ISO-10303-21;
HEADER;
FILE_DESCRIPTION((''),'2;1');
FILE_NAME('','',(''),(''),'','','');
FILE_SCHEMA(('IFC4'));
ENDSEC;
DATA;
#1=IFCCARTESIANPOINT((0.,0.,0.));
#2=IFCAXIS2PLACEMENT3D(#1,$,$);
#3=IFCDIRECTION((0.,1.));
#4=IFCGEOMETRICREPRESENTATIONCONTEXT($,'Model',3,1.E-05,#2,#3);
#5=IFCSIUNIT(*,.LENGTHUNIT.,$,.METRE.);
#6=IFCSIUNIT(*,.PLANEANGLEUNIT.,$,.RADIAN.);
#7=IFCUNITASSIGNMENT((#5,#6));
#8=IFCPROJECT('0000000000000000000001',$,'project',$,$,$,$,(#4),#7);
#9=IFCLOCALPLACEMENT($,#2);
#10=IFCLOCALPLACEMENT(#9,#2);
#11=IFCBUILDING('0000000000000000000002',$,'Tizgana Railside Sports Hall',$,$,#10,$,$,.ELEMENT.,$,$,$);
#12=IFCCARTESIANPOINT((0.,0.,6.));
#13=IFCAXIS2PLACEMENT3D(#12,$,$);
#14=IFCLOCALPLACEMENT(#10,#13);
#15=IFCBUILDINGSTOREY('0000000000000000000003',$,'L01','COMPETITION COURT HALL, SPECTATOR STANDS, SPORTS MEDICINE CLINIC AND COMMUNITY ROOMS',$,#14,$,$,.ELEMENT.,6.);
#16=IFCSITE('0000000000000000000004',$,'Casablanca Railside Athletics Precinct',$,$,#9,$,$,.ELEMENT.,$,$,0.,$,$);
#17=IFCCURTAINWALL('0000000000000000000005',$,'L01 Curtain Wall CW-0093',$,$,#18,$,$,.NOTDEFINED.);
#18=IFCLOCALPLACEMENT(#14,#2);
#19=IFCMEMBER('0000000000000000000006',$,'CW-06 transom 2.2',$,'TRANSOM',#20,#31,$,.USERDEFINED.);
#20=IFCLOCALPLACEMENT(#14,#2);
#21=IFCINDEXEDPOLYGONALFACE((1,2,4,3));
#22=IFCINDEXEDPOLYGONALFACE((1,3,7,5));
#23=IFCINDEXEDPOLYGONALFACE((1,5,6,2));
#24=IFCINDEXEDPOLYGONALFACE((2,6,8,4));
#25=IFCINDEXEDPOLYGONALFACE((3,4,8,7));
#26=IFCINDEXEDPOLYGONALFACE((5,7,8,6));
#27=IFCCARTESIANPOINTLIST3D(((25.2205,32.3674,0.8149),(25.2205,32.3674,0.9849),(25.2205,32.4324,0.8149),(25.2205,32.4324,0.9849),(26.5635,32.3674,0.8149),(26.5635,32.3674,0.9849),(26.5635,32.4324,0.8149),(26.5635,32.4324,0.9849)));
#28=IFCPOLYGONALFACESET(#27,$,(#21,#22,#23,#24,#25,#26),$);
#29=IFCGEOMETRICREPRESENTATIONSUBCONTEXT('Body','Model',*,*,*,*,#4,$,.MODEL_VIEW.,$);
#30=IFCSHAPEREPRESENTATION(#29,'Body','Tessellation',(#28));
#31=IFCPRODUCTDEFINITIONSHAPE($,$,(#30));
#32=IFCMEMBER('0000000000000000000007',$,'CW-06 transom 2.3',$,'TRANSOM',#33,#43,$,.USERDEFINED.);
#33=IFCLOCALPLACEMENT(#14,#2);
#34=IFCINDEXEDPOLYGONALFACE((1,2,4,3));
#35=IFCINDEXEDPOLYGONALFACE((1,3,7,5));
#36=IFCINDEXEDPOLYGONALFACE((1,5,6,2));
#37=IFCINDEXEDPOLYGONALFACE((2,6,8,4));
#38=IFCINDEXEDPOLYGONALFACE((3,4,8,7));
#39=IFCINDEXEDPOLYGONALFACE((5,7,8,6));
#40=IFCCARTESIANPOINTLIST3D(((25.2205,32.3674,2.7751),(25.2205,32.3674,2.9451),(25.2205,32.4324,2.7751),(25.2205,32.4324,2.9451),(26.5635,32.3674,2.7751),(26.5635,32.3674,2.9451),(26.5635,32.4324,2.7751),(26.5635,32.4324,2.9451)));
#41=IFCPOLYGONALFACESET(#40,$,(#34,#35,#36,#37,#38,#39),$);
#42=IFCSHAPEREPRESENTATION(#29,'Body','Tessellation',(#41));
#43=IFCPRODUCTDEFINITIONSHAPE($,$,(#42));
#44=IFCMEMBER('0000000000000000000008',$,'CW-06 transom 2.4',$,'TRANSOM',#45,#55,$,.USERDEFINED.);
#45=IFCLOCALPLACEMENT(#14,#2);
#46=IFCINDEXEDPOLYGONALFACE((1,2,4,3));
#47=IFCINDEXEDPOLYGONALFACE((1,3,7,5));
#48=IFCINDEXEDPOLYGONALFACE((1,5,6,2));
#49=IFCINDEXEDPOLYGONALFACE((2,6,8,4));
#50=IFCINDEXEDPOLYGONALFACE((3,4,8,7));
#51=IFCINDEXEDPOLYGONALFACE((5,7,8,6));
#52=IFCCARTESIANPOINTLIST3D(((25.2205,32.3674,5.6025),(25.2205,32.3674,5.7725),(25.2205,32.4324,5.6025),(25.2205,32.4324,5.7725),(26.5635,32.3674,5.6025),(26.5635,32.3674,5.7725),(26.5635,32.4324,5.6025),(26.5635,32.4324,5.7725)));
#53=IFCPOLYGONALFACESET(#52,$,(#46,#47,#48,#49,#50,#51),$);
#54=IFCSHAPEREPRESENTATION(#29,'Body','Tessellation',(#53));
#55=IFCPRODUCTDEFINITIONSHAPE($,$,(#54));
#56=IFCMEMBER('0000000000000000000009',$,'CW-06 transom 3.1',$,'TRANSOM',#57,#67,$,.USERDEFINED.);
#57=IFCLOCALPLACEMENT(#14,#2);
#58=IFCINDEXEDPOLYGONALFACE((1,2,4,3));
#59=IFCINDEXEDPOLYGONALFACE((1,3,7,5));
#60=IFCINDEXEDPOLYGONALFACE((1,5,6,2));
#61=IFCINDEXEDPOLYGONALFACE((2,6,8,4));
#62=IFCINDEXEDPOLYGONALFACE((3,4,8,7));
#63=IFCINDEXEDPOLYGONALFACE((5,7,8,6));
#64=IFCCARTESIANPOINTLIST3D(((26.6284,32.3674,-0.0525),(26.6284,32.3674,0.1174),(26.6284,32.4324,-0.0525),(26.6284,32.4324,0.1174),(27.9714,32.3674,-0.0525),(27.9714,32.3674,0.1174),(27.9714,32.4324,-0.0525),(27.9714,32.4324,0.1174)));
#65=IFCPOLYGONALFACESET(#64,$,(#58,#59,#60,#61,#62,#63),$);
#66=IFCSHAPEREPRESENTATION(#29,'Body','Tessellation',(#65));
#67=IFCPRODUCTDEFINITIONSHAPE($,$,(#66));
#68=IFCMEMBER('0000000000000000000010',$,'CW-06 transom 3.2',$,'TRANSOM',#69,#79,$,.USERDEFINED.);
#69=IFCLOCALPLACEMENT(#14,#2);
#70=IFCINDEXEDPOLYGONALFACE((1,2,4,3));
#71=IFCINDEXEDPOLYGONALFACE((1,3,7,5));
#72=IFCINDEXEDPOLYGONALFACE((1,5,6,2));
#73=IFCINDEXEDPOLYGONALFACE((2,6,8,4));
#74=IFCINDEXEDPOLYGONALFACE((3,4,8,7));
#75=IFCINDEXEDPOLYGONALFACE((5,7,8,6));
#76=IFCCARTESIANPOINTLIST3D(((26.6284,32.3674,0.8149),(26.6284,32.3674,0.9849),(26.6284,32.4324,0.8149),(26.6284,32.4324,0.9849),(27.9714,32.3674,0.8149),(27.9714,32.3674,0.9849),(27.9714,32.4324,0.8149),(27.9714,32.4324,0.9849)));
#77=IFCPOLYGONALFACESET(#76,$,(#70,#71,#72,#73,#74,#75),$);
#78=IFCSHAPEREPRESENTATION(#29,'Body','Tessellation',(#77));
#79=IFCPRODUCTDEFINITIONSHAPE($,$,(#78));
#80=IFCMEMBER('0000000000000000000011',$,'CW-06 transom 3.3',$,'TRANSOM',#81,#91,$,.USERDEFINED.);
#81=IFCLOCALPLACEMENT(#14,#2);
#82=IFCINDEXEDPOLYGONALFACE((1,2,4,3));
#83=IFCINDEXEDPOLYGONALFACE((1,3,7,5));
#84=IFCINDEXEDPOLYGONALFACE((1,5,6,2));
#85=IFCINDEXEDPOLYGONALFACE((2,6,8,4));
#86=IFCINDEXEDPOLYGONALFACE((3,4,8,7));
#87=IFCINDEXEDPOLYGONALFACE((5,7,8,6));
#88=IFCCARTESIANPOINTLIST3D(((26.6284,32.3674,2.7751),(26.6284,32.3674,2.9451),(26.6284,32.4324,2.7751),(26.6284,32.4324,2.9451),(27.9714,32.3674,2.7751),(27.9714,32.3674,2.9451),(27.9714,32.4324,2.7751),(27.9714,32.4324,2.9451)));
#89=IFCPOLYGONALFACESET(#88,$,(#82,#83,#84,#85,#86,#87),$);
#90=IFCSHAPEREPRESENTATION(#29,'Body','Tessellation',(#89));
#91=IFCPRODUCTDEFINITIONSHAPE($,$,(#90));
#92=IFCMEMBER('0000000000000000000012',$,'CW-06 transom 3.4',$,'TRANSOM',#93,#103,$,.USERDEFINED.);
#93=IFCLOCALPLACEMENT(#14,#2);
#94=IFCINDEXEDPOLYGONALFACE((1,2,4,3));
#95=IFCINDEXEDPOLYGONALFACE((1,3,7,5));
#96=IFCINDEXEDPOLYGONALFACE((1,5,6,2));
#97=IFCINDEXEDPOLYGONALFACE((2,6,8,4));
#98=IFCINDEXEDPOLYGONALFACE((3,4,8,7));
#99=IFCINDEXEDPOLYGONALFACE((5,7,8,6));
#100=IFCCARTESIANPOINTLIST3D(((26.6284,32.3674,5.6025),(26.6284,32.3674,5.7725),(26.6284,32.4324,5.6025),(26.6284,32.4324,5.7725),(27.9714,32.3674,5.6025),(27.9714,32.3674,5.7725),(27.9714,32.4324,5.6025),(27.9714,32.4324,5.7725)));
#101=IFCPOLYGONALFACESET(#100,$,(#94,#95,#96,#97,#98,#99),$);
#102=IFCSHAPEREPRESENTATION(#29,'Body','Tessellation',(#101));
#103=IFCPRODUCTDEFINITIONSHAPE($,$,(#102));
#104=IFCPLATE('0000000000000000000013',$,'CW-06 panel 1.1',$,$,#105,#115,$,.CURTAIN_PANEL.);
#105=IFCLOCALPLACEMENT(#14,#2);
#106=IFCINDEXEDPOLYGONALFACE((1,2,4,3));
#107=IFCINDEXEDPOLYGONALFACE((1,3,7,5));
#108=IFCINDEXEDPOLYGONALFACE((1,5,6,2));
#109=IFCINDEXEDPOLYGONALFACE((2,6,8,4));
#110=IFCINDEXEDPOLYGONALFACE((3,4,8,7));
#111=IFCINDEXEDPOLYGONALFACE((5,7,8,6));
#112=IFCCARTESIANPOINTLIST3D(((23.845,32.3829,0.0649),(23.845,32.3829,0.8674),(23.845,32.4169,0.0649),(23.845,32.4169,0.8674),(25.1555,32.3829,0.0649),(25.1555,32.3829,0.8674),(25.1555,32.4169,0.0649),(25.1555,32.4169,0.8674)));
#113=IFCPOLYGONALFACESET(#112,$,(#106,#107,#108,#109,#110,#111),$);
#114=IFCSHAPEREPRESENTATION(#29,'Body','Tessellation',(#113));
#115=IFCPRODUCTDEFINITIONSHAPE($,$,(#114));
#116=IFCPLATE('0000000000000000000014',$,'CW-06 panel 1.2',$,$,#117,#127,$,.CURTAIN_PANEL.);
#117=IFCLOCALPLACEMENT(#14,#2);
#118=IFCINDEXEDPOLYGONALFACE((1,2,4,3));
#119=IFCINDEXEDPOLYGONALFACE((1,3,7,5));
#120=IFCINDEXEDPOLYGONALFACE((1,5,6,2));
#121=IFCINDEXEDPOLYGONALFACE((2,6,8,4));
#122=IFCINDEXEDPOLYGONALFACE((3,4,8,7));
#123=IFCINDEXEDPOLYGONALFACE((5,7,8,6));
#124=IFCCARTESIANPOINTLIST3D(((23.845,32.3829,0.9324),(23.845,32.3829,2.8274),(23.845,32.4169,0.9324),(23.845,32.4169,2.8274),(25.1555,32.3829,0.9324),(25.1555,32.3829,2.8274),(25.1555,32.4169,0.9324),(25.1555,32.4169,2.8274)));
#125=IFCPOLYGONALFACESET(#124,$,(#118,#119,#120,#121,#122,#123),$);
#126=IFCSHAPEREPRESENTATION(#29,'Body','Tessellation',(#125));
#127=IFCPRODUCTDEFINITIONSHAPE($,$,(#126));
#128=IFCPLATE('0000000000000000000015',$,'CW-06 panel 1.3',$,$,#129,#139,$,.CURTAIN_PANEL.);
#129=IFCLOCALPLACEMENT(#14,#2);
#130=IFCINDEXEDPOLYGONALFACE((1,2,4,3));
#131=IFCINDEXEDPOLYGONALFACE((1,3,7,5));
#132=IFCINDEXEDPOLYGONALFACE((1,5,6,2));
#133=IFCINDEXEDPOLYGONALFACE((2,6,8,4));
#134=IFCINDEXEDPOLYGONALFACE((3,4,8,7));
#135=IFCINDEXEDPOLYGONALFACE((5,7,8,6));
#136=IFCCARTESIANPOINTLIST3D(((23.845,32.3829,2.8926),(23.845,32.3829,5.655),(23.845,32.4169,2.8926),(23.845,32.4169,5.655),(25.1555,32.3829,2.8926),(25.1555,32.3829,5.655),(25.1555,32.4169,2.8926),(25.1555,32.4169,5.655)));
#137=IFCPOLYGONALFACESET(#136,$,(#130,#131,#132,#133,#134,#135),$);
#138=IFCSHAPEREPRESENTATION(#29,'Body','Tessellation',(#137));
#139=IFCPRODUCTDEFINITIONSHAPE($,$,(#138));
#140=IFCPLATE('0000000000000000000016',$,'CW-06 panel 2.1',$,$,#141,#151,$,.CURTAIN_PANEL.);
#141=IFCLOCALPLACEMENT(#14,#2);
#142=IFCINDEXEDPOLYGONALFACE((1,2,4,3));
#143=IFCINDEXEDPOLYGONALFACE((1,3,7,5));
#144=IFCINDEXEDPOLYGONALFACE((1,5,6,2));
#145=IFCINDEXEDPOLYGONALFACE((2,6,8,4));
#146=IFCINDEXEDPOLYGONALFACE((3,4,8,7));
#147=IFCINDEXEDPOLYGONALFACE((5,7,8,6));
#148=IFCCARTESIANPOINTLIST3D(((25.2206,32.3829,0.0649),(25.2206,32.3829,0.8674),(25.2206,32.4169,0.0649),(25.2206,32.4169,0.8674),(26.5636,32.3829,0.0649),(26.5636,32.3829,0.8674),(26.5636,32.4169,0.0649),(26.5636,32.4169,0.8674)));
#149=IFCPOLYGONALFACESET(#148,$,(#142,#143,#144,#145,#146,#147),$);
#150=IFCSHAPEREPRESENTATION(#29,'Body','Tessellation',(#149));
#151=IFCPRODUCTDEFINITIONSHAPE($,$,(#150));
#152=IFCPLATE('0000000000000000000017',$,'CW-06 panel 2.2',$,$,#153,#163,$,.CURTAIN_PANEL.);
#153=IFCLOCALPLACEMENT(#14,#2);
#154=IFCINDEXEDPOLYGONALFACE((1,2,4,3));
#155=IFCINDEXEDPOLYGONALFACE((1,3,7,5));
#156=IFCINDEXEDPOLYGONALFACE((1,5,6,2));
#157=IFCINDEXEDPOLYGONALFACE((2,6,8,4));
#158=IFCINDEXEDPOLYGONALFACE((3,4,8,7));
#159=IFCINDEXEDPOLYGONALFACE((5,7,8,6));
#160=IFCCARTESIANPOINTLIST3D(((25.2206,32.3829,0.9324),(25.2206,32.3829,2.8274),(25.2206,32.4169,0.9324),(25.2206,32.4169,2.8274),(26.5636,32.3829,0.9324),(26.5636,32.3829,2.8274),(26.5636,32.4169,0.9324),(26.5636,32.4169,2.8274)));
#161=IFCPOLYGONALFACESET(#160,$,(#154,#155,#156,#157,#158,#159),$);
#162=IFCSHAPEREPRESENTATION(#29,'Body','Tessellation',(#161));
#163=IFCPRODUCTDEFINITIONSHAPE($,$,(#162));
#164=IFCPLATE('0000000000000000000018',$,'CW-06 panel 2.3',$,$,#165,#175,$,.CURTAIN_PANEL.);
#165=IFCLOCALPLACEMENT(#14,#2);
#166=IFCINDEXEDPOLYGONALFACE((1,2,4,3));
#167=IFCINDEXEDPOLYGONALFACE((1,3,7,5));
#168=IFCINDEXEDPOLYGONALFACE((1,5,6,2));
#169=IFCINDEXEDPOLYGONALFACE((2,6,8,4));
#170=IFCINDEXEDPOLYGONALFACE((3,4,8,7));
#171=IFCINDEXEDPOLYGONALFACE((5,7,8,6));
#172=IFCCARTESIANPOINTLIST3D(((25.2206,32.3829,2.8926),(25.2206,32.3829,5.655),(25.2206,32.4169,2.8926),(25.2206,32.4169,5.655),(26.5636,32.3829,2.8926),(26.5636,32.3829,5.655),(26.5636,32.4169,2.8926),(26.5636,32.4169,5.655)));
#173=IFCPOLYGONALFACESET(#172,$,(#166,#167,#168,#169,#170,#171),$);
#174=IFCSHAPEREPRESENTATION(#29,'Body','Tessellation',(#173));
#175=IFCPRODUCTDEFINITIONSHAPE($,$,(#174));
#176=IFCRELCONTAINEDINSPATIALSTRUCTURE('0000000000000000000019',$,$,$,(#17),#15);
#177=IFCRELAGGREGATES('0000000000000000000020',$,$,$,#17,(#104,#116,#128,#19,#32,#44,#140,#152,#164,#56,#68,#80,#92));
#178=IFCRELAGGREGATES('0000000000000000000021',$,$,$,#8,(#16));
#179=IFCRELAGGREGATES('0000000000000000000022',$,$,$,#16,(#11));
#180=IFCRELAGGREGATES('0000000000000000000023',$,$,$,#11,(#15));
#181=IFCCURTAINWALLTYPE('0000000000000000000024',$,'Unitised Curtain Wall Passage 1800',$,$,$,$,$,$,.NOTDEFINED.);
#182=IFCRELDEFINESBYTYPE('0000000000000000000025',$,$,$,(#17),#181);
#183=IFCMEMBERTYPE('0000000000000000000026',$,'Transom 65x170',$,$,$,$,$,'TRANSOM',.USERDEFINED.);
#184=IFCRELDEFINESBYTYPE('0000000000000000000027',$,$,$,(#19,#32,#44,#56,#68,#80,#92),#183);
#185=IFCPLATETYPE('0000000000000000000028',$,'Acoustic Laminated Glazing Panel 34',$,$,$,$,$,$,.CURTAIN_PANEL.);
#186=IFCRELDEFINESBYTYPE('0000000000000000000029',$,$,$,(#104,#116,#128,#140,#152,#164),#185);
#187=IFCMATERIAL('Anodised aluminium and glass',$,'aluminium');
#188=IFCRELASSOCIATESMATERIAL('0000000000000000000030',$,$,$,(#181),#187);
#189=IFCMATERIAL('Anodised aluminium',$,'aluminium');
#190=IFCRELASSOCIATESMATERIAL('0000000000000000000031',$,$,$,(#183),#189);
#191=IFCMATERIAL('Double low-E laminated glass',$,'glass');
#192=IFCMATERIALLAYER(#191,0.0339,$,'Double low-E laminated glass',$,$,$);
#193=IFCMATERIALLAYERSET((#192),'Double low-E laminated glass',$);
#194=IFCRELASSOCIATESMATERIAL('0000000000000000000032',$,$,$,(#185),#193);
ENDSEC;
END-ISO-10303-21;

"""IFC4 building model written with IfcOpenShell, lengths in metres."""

from ifc_helpers import new_model, si_unit, direction, frame, origin, origin_2d, place, context, subcontext, project, spatial, rectangle, extrude, material, layer, layer_set, material_profile, profile_set, type_object, element, aggregate, save


model = new_model("IFC4")

# Units and contexts
model_context = context("Model", 3, precision=1e-05, world=origin(), true_north=direction((0.0, 1.0)))
body_context = subcontext(model_context, "Body", "Model", "MODEL_VIEW")
ifc_project = project(units=[si_unit("LENGTHUNIT", "METRE"), si_unit("PLANEANGLEUNIT", "RADIAN")], contexts=[model_context])

# Site, building, storey
site_placement = place(None, origin())
site = spatial("IfcSite", under=ifc_project, at=site_placement, Name="Casablanca Railside Athletics Precinct", CompositionType="ELEMENT", RefElevation=0.0)
building_placement = place(site_placement, origin())
building = spatial("IfcBuilding", under=site, at=building_placement, Name="Tizgana Railside Sports Hall", CompositionType="ELEMENT")
storey_placement = place(building_placement, frame((0.0, 0.0, 6.0)))
storey = spatial("IfcBuildingStorey", under=building, at=storey_placement, Name="L01", Description="COMPETITION COURT HALL, SPECTATOR STANDS, SPORTS MEDICINE CLINIC AND COMMUNITY ROOMS", CompositionType="ELEMENT", Elevation=6.0)

# Curtain wall
ifc_material_1 = material(Name="Anodised aluminium and glass", Category="aluminium")
curtain_wall_type = type_object("IfcCurtainWallType", Name="Unitised Curtain Wall Passage 1800", PredefinedType="NOTDEFINED", material=ifc_material_1)
curtain_wall_placement = place(storey_placement, origin())
curtain_wall = element("IfcCurtainWall", 1, at=curtain_wall_placement, inside=storey, type_object=curtain_wall_type, Name="L01 Curtain Wall CW-0093", PredefinedType="NOTDEFINED")
ifc_material_2 = material(Name="Anodised aluminium", Category="aluminium")

# Members
ifc_material_profile_1 = material_profile(ifc_material_2, rectangle(XDim=0.0649, YDim=0.1699, at=origin_2d()), Name="Transom 65x170")
ifc_profile_set_1 = profile_set([ifc_material_profile_1], Name="Anodised aluminium")
member_type_1 = type_object("IfcMemberType", Name="Transom 65x170", ElementType="TRANSOM", PredefinedType="USERDEFINED", material=ifc_profile_set_1)
member_1_placement = place(storey_placement, frame((25.2205, 32.3999, 0.8999), z_axis=(1.0, 0.0, 0.0), x_axis=(0.0, 1.0, 0.0)))
member_1 = element("IfcMember", 2, at=member_1_placement, type_object=member_type_1, Name="CW-06 transom 2.2", ObjectType="TRANSOM", PredefinedType="USERDEFINED", context=body_context, shape_type="SweptSolid", body=[
    extrude(rectangle(XDim=0.0649, YDim=0.1699, at=origin_2d()), origin(), (0.0, 0.0, 1.0), 1.343),
])
member_2_placement = place(storey_placement, frame((25.2205, 32.3999, 2.8601), z_axis=(1.0, 0.0, 0.0), x_axis=(0.0, 1.0, 0.0)))
member_2 = element("IfcMember", 3, at=member_2_placement, type_object=member_type_1, Name="CW-06 transom 2.3", ObjectType="TRANSOM", PredefinedType="USERDEFINED", context=body_context, shape_type="SweptSolid", body=[
    extrude(rectangle(XDim=0.0649, YDim=0.1699, at=origin_2d()), origin(), (0.0, 0.0, 1.0), 1.343),
])
member_3_placement = place(storey_placement, frame((25.2205, 32.3999, 5.6875), z_axis=(1.0, 0.0, 0.0), x_axis=(0.0, 1.0, 0.0)))
member_3 = element("IfcMember", 4, at=member_3_placement, type_object=member_type_1, Name="CW-06 transom 2.4", ObjectType="TRANSOM", PredefinedType="USERDEFINED", context=body_context, shape_type="SweptSolid", body=[
    extrude(rectangle(XDim=0.0649, YDim=0.1699, at=origin_2d()), origin(), (0.0, 0.0, 1.0), 1.343),
])
member_4_placement = place(storey_placement, frame((26.6284, 32.3999, 0.0325), z_axis=(1.0, 0.0, 0.0), x_axis=(0.0, 1.0, 0.0)))
member_4 = element("IfcMember", 5, at=member_4_placement, type_object=member_type_1, Name="CW-06 transom 3.1", ObjectType="TRANSOM", PredefinedType="USERDEFINED", context=body_context, shape_type="SweptSolid", body=[
    extrude(rectangle(XDim=0.0649, YDim=0.1699, at=origin_2d()), origin(), (0.0, 0.0, 1.0), 1.343),
])
member_5_placement = place(storey_placement, frame((26.6284, 32.3999, 0.8999), z_axis=(1.0, 0.0, 0.0), x_axis=(0.0, 1.0, 0.0)))
member_5 = element("IfcMember", 6, at=member_5_placement, type_object=member_type_1, Name="CW-06 transom 3.2", ObjectType="TRANSOM", PredefinedType="USERDEFINED", context=body_context, shape_type="SweptSolid", body=[
    extrude(rectangle(XDim=0.0649, YDim=0.1699, at=origin_2d()), origin(), (0.0, 0.0, 1.0), 1.343),
])
member_6_placement = place(storey_placement, frame((26.6284, 32.3999, 2.8601), z_axis=(1.0, 0.0, 0.0), x_axis=(0.0, 1.0, 0.0)))
member_6 = element("IfcMember", 7, at=member_6_placement, type_object=member_type_1, Name="CW-06 transom 3.3", ObjectType="TRANSOM", PredefinedType="USERDEFINED", context=body_context, shape_type="SweptSolid", body=[
    extrude(rectangle(XDim=0.0649, YDim=0.1699, at=origin_2d()), origin(), (0.0, 0.0, 1.0), 1.343),
])
member_7_placement = place(storey_placement, frame((26.6284, 32.3999, 5.6875), z_axis=(1.0, 0.0, 0.0), x_axis=(0.0, 1.0, 0.0)))
member_7 = element("IfcMember", 8, at=member_7_placement, type_object=member_type_1, Name="CW-06 transom 3.4", ObjectType="TRANSOM", PredefinedType="USERDEFINED", context=body_context, shape_type="SweptSolid", body=[
    extrude(rectangle(XDim=0.0649, YDim=0.1699, at=origin_2d()), origin(), (0.0, 0.0, 1.0), 1.343),
])

# Plates
ifc_material_3 = material(Name="Double low-E laminated glass", Category="glass")
ifc_layer_1 = layer(ifc_material_3, 0.0339, Name="Double low-E laminated glass")
ifc_layer_set_1 = layer_set([ifc_layer_1], Name="Double low-E laminated glass")
plate_type = type_object("IfcPlateType", Name="Acoustic Laminated Glazing Panel 34", PredefinedType="CURTAIN_PANEL", material=ifc_layer_set_1)
plate_1_placement = place(storey_placement, frame((24.5002, 32.3999, 0.0649), z_axis=(0.0, 0.0, 1.0), x_axis=(1.0, 0.0, 0.0)))
plate_1 = element("IfcPlate", 9, at=plate_1_placement, type_object=plate_type, Name="CW-06 panel 1.1", PredefinedType="CURTAIN_PANEL", context=body_context, shape_type="SweptSolid", body=[
    extrude(rectangle(XDim=1.3105, YDim=0.0339, at=origin_2d()), origin(), (0.0, 0.0, 1.0), 0.8025),
])
plate_2_placement = place(storey_placement, frame((24.5002, 32.3999, 0.9324), z_axis=(0.0, 0.0, 1.0), x_axis=(1.0, 0.0, 0.0)))
plate_2 = element("IfcPlate", 10, at=plate_2_placement, type_object=plate_type, Name="CW-06 panel 1.2", PredefinedType="CURTAIN_PANEL", context=body_context, shape_type="SweptSolid", body=[
    extrude(rectangle(XDim=1.3105, YDim=0.0339, at=origin_2d()), origin(), (0.0, 0.0, 1.0), 1.895),
])
plate_3_placement = place(storey_placement, frame((24.5002, 32.3999, 2.8926), z_axis=(0.0, 0.0, 1.0), x_axis=(1.0, 0.0, 0.0)))
plate_3 = element("IfcPlate", 11, at=plate_3_placement, type_object=plate_type, Name="CW-06 panel 1.3", PredefinedType="CURTAIN_PANEL", context=body_context, shape_type="SweptSolid", body=[
    extrude(rectangle(XDim=1.3105, YDim=0.0339, at=origin_2d()), origin(), (0.0, 0.0, 1.0), 2.7625),
])
plate_4_placement = place(storey_placement, frame((25.8921, 32.3999, 0.0649), z_axis=(0.0, 0.0, 1.0), x_axis=(1.0, 0.0, 0.0)))
plate_4 = element("IfcPlate", 12, at=plate_4_placement, type_object=plate_type, Name="CW-06 panel 2.1", PredefinedType="CURTAIN_PANEL", context=body_context, shape_type="SweptSolid", body=[
    extrude(rectangle(XDim=1.343, YDim=0.0339, at=origin_2d()), origin(), (0.0, 0.0, 1.0), 0.8025),
])
plate_5_placement = place(storey_placement, frame((25.8921, 32.3999, 0.9324), z_axis=(0.0, 0.0, 1.0), x_axis=(1.0, 0.0, 0.0)))
plate_5 = element("IfcPlate", 13, at=plate_5_placement, type_object=plate_type, Name="CW-06 panel 2.2", PredefinedType="CURTAIN_PANEL", context=body_context, shape_type="SweptSolid", body=[
    extrude(rectangle(XDim=1.343, YDim=0.0339, at=origin_2d()), origin(), (0.0, 0.0, 1.0), 1.895),
])
plate_6_placement = place(storey_placement, frame((25.8921, 32.3999, 2.8926), z_axis=(0.0, 0.0, 1.0), x_axis=(1.0, 0.0, 0.0)))
plate_6 = element("IfcPlate", 14, at=plate_6_placement, type_object=plate_type, Name="CW-06 panel 2.3", PredefinedType="CURTAIN_PANEL", context=body_context, shape_type="SweptSolid", body=[
    extrude(rectangle(XDim=1.343, YDim=0.0339, at=origin_2d()), origin(), (0.0, 0.0, 1.0), 2.7625),
])
aggregate(curtain_wall, [plate_1, plate_2, plate_3, member_1, member_2, member_3, plate_4, plate_5, plate_6, member_4, member_5, member_6, member_7])

save(model, "model.ifc")
